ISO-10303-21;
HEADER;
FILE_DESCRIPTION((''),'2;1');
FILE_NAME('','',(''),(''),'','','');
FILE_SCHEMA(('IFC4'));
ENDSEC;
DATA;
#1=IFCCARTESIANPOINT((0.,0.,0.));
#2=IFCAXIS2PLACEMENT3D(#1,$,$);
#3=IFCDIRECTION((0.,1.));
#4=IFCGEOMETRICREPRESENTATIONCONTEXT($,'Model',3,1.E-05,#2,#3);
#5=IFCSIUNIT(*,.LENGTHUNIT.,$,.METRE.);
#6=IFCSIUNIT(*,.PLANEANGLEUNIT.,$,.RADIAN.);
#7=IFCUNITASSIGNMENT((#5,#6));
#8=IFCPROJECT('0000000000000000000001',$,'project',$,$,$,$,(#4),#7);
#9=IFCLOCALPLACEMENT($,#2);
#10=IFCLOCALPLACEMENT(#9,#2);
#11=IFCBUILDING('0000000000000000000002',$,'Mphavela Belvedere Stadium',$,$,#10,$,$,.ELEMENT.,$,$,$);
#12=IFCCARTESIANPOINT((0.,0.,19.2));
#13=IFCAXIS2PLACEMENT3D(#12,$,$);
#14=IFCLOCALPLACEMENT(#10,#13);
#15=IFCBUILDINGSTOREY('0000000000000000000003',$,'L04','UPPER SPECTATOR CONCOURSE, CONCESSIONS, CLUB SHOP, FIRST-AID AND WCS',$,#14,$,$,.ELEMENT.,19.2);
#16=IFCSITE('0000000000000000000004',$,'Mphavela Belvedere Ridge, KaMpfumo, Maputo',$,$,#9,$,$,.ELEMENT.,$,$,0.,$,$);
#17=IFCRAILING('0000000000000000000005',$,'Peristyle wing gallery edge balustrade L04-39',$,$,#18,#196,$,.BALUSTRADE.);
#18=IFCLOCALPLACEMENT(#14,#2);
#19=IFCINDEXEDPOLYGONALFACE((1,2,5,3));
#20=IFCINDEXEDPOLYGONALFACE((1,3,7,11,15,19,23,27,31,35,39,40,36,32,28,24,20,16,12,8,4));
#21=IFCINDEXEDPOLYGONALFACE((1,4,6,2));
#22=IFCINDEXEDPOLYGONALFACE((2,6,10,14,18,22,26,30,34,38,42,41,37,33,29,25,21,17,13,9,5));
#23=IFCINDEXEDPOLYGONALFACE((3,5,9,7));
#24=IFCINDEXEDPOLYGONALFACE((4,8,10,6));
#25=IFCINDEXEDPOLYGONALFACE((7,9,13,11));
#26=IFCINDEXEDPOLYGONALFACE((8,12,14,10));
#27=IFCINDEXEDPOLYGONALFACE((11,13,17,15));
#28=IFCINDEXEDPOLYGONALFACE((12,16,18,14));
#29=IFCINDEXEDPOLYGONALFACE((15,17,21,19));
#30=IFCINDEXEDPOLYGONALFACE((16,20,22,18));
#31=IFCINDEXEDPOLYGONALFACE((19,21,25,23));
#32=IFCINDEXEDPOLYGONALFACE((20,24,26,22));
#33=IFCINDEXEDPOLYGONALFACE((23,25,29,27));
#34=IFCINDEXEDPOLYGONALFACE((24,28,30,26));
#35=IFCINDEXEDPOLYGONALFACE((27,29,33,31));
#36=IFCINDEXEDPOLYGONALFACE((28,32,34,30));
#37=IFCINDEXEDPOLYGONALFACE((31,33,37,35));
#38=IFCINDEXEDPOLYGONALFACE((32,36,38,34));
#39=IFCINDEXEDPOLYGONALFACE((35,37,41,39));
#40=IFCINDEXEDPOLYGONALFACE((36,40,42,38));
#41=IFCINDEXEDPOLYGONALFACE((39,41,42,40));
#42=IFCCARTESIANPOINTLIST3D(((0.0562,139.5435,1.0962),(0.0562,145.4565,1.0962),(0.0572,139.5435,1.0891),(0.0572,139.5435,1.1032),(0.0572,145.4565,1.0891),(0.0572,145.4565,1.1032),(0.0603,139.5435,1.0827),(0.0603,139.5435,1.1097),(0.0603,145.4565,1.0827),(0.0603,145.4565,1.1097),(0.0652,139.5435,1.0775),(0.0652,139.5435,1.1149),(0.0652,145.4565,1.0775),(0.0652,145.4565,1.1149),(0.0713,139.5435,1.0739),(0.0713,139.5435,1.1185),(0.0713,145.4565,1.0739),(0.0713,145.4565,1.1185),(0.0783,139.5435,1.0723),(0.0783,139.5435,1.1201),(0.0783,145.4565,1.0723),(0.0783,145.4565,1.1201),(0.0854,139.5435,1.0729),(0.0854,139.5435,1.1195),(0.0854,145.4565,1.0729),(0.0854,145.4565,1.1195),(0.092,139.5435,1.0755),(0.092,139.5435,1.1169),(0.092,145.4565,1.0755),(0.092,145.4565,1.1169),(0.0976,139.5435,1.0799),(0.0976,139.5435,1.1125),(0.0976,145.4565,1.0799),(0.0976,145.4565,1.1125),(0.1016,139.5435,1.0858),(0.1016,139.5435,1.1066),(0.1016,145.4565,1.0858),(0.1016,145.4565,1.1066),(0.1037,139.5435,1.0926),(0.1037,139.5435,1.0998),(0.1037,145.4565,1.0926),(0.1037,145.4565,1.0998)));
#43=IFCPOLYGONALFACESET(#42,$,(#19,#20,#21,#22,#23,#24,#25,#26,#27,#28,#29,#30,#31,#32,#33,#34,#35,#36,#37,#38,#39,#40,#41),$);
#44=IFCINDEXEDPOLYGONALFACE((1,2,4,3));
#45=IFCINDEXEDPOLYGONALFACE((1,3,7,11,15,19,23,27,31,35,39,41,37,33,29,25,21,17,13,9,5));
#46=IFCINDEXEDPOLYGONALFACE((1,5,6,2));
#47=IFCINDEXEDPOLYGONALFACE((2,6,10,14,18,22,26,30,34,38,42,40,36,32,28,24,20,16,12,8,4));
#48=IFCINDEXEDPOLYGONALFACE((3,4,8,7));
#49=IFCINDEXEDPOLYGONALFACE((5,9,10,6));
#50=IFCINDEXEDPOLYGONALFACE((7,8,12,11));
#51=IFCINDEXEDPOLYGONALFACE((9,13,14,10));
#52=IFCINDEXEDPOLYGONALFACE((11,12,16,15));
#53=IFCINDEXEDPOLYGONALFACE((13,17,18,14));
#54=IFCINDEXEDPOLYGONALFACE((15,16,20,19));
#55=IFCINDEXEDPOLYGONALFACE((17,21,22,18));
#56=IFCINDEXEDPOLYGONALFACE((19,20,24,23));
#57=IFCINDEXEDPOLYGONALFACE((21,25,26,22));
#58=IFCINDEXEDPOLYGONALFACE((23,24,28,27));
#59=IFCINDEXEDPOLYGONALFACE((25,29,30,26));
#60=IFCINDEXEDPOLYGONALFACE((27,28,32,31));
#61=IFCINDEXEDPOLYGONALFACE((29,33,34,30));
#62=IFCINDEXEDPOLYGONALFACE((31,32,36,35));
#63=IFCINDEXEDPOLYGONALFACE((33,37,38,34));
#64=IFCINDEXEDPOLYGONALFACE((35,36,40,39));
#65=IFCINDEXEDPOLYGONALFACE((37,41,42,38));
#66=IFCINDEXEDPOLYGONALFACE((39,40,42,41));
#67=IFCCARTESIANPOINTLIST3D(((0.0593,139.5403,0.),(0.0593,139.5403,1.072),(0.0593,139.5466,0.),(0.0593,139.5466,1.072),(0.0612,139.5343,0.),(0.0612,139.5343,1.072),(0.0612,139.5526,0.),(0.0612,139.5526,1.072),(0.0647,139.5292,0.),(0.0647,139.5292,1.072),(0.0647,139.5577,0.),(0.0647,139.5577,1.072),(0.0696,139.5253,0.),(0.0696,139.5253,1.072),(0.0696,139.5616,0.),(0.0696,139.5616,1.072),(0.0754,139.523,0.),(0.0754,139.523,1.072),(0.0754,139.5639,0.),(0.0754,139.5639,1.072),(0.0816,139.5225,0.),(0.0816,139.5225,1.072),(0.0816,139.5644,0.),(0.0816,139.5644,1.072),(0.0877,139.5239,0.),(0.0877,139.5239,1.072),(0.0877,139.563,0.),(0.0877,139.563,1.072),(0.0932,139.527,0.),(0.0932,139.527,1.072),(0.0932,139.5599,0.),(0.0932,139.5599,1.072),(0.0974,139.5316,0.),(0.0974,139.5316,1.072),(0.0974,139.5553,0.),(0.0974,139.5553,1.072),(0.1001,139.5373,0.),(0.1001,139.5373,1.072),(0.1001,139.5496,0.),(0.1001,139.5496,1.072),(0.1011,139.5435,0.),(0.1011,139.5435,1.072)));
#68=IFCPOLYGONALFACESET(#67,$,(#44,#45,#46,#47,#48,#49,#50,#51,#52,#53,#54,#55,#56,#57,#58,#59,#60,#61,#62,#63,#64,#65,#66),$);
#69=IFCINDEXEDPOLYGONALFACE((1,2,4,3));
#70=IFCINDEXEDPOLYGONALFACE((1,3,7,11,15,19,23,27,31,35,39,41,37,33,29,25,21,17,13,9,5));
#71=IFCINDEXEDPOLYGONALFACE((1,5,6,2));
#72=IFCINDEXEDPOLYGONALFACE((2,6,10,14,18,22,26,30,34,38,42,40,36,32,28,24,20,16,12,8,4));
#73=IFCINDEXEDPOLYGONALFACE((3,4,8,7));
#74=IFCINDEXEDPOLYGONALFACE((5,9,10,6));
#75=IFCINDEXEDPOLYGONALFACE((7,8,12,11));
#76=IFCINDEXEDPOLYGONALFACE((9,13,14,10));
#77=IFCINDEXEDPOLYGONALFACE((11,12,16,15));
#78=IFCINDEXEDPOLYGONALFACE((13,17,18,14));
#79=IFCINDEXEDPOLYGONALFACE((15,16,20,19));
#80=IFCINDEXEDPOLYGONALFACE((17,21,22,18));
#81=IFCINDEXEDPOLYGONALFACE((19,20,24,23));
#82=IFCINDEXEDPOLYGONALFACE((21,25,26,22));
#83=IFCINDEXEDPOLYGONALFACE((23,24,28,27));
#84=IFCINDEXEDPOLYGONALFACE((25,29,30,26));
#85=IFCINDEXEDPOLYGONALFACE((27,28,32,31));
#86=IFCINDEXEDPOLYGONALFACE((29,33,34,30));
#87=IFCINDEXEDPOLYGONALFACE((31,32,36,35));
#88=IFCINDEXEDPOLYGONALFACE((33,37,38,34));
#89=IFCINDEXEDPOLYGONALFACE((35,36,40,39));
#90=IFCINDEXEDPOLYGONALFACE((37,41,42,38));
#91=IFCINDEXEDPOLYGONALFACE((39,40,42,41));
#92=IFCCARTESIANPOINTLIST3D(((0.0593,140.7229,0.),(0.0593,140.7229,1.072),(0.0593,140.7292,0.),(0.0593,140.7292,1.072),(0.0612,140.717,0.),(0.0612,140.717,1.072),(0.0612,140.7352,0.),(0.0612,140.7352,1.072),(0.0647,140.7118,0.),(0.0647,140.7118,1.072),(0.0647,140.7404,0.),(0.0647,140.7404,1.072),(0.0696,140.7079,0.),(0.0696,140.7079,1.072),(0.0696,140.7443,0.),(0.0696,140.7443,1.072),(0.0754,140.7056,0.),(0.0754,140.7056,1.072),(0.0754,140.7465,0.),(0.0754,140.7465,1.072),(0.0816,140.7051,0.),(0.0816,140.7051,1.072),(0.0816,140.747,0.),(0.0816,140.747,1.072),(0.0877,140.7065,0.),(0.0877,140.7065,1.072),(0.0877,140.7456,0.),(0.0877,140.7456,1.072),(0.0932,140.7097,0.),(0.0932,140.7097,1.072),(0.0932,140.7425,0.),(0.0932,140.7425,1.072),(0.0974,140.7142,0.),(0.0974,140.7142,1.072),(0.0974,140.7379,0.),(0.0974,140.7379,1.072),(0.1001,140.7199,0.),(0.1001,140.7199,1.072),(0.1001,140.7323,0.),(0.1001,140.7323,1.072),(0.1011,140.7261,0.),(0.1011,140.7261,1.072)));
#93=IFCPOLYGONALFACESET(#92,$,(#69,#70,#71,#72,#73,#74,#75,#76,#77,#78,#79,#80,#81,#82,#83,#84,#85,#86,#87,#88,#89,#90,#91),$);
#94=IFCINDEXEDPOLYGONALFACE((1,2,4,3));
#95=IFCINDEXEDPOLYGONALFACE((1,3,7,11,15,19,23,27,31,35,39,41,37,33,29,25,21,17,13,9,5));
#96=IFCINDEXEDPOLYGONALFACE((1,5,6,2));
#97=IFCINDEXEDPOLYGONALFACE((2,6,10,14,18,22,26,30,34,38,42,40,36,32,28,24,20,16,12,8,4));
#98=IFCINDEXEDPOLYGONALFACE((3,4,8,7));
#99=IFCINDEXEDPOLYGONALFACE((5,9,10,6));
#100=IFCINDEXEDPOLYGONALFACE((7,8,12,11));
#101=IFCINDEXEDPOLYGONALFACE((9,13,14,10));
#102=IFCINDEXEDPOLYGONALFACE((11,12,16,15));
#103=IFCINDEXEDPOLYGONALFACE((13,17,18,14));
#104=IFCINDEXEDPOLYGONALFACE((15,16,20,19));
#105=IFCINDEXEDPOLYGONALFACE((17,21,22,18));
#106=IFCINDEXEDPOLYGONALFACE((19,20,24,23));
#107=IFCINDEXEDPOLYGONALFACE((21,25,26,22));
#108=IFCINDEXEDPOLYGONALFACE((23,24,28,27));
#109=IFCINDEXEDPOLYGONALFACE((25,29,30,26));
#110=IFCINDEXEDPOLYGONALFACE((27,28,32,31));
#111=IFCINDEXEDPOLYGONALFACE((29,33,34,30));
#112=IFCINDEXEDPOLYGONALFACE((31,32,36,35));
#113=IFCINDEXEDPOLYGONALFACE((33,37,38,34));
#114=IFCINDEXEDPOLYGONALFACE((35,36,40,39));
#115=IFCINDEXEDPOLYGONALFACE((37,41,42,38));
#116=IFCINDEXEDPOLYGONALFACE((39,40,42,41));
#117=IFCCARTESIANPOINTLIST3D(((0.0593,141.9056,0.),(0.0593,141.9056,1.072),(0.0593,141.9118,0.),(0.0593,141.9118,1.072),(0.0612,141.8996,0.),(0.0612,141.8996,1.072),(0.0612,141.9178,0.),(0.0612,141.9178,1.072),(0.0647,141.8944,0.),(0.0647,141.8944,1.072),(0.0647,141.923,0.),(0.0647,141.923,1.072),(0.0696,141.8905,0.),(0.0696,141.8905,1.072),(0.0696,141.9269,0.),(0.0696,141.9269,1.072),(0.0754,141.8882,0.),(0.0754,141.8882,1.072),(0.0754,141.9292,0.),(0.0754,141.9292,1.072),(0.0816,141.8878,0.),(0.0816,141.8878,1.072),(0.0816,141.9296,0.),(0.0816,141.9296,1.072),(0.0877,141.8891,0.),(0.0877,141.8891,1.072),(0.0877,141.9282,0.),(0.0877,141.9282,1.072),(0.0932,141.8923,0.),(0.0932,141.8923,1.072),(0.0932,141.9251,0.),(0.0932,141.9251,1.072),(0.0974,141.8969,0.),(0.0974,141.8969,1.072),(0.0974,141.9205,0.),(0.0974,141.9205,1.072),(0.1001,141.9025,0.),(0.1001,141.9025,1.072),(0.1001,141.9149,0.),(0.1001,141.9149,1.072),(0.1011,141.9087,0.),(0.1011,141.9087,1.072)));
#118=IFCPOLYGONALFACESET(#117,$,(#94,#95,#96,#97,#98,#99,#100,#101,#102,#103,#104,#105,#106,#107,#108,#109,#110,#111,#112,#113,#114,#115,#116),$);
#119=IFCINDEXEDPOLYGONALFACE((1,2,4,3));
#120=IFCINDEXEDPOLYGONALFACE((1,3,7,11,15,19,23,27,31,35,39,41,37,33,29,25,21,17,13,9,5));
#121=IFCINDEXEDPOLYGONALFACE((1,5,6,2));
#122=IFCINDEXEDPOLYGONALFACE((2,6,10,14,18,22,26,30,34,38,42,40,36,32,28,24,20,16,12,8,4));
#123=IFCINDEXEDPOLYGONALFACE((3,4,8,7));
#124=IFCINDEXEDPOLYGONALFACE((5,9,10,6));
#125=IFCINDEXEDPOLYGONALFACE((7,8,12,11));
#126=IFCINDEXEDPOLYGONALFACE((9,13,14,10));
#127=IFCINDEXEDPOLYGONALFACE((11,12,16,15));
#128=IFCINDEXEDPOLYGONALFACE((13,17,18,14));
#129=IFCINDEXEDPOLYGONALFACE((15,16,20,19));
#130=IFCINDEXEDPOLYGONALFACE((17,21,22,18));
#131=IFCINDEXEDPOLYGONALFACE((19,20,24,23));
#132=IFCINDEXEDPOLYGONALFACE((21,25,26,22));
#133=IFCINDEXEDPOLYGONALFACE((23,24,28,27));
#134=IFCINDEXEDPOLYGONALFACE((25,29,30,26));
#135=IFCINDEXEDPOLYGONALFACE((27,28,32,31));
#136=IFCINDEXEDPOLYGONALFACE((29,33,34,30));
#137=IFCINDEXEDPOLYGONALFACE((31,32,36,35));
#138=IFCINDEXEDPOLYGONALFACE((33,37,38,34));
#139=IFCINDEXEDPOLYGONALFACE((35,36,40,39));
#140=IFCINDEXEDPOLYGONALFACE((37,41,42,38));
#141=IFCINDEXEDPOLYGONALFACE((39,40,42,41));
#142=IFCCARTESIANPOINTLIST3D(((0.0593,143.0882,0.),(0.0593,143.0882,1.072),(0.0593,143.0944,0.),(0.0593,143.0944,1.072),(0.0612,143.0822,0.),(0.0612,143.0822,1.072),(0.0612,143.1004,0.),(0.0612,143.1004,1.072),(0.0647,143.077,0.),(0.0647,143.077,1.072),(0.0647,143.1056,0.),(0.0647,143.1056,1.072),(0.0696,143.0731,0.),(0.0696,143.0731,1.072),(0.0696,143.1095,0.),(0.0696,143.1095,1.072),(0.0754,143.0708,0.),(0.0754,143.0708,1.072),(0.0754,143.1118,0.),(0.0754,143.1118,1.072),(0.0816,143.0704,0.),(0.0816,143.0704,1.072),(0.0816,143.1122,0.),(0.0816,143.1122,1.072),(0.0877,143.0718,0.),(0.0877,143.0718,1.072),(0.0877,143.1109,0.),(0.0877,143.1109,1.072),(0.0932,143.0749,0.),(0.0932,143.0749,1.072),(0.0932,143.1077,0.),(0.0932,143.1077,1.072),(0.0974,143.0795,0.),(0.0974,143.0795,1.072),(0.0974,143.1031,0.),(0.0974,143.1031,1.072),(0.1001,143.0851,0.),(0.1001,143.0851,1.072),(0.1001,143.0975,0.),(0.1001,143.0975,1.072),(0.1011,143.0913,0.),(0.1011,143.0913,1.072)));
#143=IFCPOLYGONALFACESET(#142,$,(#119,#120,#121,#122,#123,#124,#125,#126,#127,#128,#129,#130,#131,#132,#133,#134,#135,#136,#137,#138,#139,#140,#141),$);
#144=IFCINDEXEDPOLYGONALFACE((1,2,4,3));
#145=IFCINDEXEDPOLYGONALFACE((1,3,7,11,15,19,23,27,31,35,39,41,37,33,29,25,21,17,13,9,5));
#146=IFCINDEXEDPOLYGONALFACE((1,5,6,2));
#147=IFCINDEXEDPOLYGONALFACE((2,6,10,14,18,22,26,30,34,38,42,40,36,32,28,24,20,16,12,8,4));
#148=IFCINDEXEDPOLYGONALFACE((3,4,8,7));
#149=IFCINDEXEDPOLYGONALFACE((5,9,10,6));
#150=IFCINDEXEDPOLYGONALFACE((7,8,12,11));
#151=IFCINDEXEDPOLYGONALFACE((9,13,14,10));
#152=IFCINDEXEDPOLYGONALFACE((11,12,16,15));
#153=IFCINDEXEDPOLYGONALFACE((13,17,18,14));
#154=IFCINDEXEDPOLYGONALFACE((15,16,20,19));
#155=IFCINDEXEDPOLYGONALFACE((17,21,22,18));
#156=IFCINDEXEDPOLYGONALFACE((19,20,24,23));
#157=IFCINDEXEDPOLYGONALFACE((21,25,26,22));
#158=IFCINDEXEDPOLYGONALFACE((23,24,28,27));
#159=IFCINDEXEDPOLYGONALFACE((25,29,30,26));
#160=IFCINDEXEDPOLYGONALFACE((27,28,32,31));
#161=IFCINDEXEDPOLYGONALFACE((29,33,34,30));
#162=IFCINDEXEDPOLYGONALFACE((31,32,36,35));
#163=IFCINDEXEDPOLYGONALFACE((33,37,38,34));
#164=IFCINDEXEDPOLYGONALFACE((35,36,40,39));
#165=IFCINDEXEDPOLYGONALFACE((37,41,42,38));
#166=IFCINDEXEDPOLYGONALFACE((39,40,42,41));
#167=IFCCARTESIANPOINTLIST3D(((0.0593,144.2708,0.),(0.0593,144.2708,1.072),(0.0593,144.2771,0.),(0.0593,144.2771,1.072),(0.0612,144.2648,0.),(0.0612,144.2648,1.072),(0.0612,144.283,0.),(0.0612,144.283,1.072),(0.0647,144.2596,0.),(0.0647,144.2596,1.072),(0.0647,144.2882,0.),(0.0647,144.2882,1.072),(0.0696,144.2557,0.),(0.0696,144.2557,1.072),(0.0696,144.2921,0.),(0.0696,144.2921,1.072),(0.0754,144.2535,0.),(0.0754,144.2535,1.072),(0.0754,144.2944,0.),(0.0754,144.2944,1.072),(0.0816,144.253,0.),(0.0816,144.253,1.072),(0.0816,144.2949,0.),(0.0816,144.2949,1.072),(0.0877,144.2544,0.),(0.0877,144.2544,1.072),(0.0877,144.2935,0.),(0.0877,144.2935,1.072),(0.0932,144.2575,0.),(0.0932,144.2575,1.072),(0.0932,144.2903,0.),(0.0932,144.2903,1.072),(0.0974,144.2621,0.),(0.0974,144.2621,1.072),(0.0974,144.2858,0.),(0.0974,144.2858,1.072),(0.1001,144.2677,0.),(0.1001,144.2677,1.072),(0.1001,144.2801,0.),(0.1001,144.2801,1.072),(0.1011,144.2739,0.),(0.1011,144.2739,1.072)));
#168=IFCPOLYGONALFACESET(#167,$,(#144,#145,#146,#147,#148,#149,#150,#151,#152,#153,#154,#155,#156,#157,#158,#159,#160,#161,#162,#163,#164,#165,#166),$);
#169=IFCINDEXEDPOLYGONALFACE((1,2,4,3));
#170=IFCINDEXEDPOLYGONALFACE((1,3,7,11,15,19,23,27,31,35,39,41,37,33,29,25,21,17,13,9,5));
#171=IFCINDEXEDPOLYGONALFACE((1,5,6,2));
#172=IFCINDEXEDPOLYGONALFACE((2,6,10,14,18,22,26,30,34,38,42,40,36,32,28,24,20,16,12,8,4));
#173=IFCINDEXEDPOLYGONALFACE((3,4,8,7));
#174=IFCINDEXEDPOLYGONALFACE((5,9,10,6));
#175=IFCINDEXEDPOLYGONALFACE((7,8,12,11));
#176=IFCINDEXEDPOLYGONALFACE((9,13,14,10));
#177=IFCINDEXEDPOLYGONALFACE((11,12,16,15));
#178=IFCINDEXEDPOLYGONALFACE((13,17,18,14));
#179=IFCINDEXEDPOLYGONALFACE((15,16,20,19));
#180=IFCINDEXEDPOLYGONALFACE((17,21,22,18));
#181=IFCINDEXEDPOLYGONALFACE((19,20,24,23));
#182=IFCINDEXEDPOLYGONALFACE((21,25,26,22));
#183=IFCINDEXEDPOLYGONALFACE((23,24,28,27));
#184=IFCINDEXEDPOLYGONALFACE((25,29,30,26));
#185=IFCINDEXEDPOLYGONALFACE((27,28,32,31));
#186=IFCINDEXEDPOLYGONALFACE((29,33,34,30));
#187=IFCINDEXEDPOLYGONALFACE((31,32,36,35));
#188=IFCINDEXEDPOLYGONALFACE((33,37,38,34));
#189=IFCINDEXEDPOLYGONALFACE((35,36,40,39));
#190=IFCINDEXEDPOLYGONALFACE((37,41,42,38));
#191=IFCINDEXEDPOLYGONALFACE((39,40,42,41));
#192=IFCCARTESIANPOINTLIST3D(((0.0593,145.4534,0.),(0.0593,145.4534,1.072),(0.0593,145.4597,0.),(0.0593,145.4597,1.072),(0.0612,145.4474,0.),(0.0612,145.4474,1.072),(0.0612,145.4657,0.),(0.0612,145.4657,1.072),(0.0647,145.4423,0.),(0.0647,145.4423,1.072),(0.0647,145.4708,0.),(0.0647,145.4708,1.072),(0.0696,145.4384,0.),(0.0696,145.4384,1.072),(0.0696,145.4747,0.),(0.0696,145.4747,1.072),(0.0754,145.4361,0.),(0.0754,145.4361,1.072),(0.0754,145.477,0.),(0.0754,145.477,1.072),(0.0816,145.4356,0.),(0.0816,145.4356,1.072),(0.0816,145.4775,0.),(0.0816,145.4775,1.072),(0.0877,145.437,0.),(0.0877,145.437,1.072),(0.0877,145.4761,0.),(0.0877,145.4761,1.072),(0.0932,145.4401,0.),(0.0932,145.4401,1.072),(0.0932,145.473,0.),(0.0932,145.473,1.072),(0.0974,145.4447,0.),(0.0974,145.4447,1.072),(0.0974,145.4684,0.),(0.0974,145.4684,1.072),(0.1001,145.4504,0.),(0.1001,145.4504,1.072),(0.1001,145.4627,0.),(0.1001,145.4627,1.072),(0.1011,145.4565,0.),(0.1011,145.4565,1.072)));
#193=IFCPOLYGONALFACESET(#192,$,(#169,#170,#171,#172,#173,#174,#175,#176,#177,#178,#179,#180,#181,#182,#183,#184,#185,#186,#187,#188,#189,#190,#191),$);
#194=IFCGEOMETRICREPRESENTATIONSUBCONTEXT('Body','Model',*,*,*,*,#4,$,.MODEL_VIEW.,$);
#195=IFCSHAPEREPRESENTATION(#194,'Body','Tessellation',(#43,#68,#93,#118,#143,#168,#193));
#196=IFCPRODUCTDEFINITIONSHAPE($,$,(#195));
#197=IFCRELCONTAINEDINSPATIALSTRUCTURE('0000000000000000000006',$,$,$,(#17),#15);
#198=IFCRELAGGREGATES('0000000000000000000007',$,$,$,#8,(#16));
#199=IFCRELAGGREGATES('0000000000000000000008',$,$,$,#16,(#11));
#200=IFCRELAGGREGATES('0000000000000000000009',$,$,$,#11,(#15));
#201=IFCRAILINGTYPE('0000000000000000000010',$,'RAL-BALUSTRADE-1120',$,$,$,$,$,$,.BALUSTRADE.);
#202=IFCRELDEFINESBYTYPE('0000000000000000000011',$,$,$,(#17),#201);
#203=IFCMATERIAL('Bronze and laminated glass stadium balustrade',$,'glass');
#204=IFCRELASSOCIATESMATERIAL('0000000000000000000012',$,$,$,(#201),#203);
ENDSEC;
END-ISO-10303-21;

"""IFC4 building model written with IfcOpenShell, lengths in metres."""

from ifc_helpers import new_model, si_unit, direction, frame, origin, origin_2d, place, context, subcontext, project, spatial, circle, extrude, material, type_object, element, save


model = new_model("IFC4")

# Units and contexts
model_context = context("Model", 3, precision=1e-05, world=origin(), true_north=direction((0.0, 1.0)))
body_context = subcontext(model_context, "Body", "Model", "MODEL_VIEW")
ifc_project = project(units=[si_unit("LENGTHUNIT", "METRE"), si_unit("PLANEANGLEUNIT", "RADIAN")], contexts=[model_context])

# Site, building, storey
site_placement = place(None, origin())
site = spatial("IfcSite", under=ifc_project, at=site_placement, Name="Mphavela Belvedere Ridge, KaMpfumo, Maputo", CompositionType="ELEMENT", RefElevation=0.0)
building_placement = place(site_placement, origin())
building = spatial("IfcBuilding", under=site, at=building_placement, Name="Mphavela Belvedere Stadium", CompositionType="ELEMENT")
storey_placement = place(building_placement, frame((0.0, 0.0, 19.2)))
storey = spatial("IfcBuildingStorey", under=building, at=storey_placement, Name="L04", Description="UPPER SPECTATOR CONCOURSE, CONCESSIONS, CLUB SHOP, FIRST-AID AND WCS", CompositionType="ELEMENT", Elevation=19.2)

# Railing
ifc_material_1 = material(Name="Bronze and laminated glass stadium balustrade", Category="glass")
railing_type = type_object("IfcRailingType", Name="RAL-BALUSTRADE-1120", PredefinedType="BALUSTRADE", material=ifc_material_1)
for number, where, name in (
    (1, (0.0801, 139.5435, 0.0), "Peristyle wing gallery edge balustrade L04-39"),
):
    element("IfcRailing", number, at=place(storey_placement, frame(where)), inside=storey, type_object=railing_type, Name=name, PredefinedType="BALUSTRADE", context=body_context, shape_type="SweptSolid", body=[
        extrude(circle(Radius=0.0239, at=origin_2d()), frame((0.0, 0.0, 1.0962), z_axis=(0.0, 1.0, 0.0), x_axis=(-1.0, 0.0, 0.0)), (0.0, 0.0, 1.0), 5.9131),
        extrude(circle(Radius=0.021, at=origin_2d()), origin(), (0.0, 0.0, 1.0), 1.072),
        extrude(circle(Radius=0.021, at=origin_2d()), frame((0.0, 1.1826, 0.0)), (0.0, 0.0, 1.0), 1.072),
        extrude(circle(Radius=0.021, at=origin_2d()), frame((0.0, 2.3652, 0.0)), (0.0, 0.0, 1.0), 1.072),
        extrude(circle(Radius=0.021, at=origin_2d()), frame((0.0, 3.5479, 0.0)), (0.0, 0.0, 1.0), 1.072),
        extrude(circle(Radius=0.021, at=origin_2d()), frame((0.0, 4.7305, 0.0)), (0.0, 0.0, 1.0), 1.072),
        extrude(circle(Radius=0.021, at=origin_2d()), frame((0.0, 5.9131, 0.0)), (0.0, 0.0, 1.0), 1.072),
    ])

save(model, "model.ifc")
